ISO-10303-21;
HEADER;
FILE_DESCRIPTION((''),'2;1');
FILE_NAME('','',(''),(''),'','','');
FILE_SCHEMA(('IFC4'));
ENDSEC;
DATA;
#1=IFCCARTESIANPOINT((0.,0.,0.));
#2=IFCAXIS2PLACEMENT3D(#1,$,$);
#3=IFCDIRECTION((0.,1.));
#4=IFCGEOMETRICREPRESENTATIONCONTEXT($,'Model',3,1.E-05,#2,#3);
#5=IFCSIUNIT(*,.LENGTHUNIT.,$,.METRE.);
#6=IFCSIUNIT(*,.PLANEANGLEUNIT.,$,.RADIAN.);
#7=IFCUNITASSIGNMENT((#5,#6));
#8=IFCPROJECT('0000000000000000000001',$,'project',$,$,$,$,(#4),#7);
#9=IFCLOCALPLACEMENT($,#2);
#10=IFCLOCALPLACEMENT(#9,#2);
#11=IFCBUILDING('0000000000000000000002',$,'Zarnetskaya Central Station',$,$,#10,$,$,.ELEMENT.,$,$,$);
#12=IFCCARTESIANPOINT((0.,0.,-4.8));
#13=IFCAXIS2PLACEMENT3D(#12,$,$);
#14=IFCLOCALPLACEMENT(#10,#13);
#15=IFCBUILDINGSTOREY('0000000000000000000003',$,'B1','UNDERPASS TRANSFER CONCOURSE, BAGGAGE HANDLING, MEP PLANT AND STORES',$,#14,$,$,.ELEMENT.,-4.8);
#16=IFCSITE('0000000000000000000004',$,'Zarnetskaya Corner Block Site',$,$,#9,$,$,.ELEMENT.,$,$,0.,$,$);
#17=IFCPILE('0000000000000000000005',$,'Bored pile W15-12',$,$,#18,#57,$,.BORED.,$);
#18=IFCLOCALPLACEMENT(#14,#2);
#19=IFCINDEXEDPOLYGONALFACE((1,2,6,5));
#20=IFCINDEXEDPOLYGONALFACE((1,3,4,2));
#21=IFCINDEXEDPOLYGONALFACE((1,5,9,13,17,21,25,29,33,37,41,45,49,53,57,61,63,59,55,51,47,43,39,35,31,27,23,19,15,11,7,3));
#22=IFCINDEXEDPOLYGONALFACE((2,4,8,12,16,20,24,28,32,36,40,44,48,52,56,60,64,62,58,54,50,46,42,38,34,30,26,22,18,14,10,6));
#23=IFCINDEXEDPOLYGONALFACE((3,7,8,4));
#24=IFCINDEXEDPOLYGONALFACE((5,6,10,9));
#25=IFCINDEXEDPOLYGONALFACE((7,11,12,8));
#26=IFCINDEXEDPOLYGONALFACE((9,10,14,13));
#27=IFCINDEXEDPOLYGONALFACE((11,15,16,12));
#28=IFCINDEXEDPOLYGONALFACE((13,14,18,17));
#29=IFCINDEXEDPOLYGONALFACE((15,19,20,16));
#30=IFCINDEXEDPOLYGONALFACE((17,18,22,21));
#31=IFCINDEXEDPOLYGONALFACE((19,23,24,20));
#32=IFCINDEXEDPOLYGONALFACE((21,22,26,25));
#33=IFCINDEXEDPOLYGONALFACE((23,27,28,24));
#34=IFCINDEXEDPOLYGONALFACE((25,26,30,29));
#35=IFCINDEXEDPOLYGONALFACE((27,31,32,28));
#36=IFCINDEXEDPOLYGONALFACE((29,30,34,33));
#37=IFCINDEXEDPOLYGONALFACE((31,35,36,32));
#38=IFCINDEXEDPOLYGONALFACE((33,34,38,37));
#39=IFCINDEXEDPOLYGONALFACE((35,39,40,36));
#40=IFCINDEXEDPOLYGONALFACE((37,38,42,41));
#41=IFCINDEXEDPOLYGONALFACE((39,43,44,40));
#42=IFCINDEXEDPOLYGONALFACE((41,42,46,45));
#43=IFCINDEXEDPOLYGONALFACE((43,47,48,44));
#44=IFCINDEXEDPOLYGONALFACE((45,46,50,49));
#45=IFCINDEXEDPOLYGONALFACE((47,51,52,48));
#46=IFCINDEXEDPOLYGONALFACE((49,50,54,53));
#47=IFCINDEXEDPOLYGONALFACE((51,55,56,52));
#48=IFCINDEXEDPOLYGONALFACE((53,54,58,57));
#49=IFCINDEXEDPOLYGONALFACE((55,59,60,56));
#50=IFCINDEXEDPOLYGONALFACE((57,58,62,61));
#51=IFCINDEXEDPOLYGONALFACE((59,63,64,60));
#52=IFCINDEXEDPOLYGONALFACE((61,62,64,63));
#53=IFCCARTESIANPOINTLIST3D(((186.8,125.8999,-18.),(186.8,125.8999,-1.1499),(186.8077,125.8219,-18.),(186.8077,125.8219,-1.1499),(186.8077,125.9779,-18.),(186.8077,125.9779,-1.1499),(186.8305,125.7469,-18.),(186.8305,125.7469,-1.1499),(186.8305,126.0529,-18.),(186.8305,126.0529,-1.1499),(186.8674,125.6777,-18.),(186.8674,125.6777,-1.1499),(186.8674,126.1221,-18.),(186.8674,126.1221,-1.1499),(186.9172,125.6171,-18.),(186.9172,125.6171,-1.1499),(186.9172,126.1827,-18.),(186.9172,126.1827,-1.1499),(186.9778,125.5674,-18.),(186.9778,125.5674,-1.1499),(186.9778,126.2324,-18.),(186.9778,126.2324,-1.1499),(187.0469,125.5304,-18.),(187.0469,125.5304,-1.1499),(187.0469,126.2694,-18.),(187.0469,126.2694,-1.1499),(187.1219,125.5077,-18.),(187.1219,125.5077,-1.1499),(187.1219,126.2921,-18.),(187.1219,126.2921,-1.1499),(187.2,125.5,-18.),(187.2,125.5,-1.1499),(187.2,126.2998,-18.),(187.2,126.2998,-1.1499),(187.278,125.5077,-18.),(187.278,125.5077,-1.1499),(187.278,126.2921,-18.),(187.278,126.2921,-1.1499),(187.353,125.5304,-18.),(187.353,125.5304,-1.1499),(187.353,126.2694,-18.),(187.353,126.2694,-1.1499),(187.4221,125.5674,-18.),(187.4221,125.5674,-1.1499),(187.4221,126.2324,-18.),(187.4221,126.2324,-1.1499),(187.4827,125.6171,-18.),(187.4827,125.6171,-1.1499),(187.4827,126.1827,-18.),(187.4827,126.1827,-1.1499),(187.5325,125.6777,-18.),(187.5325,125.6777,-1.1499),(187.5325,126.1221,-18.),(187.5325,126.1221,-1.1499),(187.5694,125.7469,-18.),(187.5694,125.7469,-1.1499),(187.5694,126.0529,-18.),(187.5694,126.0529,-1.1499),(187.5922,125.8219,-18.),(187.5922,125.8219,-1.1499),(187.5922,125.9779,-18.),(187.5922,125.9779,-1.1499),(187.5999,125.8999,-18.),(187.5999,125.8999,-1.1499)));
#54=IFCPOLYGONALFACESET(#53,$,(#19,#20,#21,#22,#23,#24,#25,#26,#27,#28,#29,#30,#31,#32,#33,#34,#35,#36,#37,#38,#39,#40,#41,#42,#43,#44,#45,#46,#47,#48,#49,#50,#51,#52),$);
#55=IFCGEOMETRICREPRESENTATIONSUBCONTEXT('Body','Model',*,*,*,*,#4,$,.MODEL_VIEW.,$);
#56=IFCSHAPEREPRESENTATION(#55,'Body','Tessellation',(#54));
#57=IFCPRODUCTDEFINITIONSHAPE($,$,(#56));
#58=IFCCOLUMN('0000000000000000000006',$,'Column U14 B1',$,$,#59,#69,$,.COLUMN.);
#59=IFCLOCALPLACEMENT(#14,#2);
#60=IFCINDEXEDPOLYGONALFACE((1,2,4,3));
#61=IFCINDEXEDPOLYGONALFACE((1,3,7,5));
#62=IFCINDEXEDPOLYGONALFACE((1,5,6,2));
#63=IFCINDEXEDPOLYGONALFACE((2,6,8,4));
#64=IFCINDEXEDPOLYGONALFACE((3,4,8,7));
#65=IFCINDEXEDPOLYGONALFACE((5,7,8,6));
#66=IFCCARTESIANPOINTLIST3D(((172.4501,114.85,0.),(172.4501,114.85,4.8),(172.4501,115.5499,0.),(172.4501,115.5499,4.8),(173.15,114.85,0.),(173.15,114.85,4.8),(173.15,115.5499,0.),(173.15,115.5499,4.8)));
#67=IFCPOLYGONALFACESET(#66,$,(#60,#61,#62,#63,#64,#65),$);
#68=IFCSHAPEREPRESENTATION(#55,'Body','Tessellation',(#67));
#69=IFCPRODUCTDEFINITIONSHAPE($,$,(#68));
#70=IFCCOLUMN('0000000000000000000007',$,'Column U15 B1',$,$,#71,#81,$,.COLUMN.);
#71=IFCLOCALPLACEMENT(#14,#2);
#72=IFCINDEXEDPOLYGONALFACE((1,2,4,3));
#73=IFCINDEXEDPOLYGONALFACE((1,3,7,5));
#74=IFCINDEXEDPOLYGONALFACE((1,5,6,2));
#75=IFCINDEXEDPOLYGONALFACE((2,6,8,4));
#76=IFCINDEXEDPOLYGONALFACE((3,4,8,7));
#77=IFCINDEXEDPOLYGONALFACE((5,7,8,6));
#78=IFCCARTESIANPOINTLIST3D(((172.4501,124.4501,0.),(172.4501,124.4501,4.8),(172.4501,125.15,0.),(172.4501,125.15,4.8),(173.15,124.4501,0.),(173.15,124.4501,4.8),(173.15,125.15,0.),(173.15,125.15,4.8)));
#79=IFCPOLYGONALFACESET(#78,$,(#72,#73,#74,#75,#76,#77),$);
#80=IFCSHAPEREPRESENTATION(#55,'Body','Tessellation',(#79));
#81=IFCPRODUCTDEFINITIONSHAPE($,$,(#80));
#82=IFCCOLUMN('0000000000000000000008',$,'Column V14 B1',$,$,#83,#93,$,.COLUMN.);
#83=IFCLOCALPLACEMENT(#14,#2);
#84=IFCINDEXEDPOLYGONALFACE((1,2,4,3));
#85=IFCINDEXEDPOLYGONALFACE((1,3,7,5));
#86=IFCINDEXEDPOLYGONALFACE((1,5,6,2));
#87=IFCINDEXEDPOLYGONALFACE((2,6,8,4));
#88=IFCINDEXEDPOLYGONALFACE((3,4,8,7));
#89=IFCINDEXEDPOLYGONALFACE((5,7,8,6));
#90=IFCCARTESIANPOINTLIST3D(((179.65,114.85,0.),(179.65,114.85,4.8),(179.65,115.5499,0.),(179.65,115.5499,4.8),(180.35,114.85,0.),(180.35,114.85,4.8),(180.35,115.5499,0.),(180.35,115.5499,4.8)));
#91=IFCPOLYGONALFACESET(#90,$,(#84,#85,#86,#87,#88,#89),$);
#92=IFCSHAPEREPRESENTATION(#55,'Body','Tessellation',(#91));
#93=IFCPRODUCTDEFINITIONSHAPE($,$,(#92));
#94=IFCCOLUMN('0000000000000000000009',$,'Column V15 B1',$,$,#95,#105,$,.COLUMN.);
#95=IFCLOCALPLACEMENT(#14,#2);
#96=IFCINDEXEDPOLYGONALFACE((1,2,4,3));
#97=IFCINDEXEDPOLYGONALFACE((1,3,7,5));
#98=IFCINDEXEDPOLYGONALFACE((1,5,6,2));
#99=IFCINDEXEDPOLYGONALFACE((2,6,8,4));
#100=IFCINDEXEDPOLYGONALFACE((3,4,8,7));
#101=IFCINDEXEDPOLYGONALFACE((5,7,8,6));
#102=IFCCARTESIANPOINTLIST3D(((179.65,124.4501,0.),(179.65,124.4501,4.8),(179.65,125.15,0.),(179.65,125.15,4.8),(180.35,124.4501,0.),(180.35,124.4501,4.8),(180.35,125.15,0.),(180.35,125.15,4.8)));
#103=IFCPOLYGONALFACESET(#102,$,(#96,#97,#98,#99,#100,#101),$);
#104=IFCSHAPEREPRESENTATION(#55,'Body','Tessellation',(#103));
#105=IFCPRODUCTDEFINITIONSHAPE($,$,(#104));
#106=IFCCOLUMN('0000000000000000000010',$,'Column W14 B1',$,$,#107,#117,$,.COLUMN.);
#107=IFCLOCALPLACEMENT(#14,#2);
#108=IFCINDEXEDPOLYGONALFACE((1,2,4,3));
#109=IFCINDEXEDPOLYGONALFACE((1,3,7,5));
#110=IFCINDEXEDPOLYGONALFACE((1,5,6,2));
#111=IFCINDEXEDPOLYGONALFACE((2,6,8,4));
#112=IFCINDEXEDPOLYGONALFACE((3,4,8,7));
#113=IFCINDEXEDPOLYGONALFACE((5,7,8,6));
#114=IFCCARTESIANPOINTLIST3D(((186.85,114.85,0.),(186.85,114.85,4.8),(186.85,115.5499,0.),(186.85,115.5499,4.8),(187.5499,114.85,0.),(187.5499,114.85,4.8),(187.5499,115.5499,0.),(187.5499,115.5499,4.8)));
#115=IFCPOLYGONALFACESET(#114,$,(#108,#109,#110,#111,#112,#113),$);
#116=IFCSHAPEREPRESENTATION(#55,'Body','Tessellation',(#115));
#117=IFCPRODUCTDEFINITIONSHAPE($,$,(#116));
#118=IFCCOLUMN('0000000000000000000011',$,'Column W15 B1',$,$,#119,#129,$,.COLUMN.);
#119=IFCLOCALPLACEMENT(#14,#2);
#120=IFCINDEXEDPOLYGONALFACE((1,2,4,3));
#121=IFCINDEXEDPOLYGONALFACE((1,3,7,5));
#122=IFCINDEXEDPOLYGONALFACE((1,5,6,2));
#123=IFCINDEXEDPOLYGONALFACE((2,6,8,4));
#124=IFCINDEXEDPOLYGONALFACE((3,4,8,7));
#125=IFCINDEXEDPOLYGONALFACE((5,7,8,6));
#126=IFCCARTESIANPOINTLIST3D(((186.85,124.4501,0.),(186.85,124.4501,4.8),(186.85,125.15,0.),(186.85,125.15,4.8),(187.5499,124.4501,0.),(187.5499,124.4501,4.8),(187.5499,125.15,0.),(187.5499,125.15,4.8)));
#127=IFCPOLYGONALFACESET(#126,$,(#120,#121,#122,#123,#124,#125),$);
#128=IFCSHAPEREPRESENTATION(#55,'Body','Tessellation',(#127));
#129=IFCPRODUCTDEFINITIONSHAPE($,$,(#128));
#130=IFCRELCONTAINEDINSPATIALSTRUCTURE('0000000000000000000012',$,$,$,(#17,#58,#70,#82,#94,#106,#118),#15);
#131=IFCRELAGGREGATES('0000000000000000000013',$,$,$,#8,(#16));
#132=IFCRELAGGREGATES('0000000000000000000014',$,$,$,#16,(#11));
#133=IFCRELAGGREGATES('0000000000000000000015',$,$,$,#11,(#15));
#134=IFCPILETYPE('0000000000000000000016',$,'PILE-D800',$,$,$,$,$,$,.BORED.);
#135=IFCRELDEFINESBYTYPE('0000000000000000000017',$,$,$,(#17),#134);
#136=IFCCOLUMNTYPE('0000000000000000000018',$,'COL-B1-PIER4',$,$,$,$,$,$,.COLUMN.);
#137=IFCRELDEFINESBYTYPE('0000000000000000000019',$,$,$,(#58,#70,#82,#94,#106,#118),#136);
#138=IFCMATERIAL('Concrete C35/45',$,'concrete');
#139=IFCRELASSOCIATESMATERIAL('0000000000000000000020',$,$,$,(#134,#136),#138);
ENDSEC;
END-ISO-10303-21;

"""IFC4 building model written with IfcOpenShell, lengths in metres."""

from ifc_helpers import new_model, si_unit, direction, frame, origin, origin_2d, place, context, subcontext, project, spatial, rectangle, circle, extrude, material, material_profile, profile_set, type_object, element, save


model = new_model("IFC4")

# Units and contexts
model_context = context("Model", 3, precision=1e-05, world=origin(), true_north=direction((0.0, 1.0)))
body_context = subcontext(model_context, "Body", "Model", "MODEL_VIEW")
ifc_project = project(units=[si_unit("LENGTHUNIT", "METRE"), si_unit("PLANEANGLEUNIT", "RADIAN")], contexts=[model_context])

# Site, building, storey
site_placement = place(None, origin())
site = spatial("IfcSite", under=ifc_project, at=site_placement, Name="Zarnetskaya Corner Block Site", CompositionType="ELEMENT", RefElevation=0.0)
building_placement = place(site_placement, origin())
building = spatial("IfcBuilding", under=site, at=building_placement, Name="Zarnetskaya Central Station", CompositionType="ELEMENT")
storey_placement = place(building_placement, frame((0.0, 0.0, -4.8)))
storey = spatial("IfcBuildingStorey", under=building, at=storey_placement, Name="B1", Description="UNDERPASS TRANSFER CONCOURSE, BAGGAGE HANDLING, MEP PLANT AND STORES", CompositionType="ELEMENT", Elevation=-4.8)

# Shared definitions
ifc_material = material(Name="Concrete C35/45", Category="concrete")

# Pile
ifc_material_profile_1 = material_profile(ifc_material, circle(Radius=0.3999, at=origin_2d()), Name="BORED PILE D800")
ifc_profile_set_1 = profile_set([ifc_material_profile_1], Name="Concrete C35/45")
pile_type = type_object("IfcPileType", Name="PILE-D800", PredefinedType="BORED", material=ifc_profile_set_1)
for number, where, z_axis, x_axis, name in (
    (1, (187.2, 125.8999, -1.1499), (0.0, 0.0, -1.0), (1.0, 0.0, 0.0), "Bored pile W15-12"),
):
    element("IfcPile", number, at=place(storey_placement, frame(where, z_axis=z_axis, x_axis=x_axis)), inside=storey, type_object=pile_type, Name=name, PredefinedType="BORED", context=body_context, shape_type="SweptSolid", body=[
        extrude(circle(Radius=0.3999, at=origin_2d()), origin(), (0.0, 0.0, 1.0), 16.8501),
    ])

# Columns
ifc_material_profile_2 = material_profile(ifc_material, rectangle(XDim=0.7, YDim=0.7, at=origin_2d()), Name="RC 700x700")
ifc_profile_set_2 = profile_set([ifc_material_profile_2], Name="Concrete C35/45")
column_type = type_object("IfcColumnType", Name="COL-B1-PIER4", PredefinedType="COLUMN", material=ifc_profile_set_2)
for number, where, z_axis, x_axis, name in (
    (2, (172.8, 115.2, 0.0), (0.0, 0.0, 1.0), (1.0, 0.0, 0.0), "Column U14 B1"),
    (3, (172.8, 124.8, 0.0), (0.0, 0.0, 1.0), (1.0, 0.0, 0.0), "Column U15 B1"),
    (4, (180.0, 115.2, 0.0), (0.0, 0.0, 1.0), (1.0, 0.0, 0.0), "Column V14 B1"),
    (5, (180.0, 124.8, 0.0), (0.0, 0.0, 1.0), (1.0, 0.0, 0.0), "Column V15 B1"),
    (6, (187.2, 115.2, 0.0), (0.0, 0.0, 1.0), (1.0, 0.0, 0.0), "Column W14 B1"),
    (7, (187.2, 124.8, 0.0), (0.0, 0.0, 1.0), (1.0, 0.0, 0.0), "Column W15 B1"),
):
    element("IfcColumn", number, at=place(storey_placement, frame(where, z_axis=z_axis, x_axis=x_axis)), inside=storey, type_object=column_type, Name=name, PredefinedType="COLUMN", context=body_context, shape_type="SweptSolid", body=[
        extrude(rectangle(XDim=0.7, YDim=0.7, at=origin_2d()), origin(), (0.0, 0.0, 1.0), 4.8),
    ])

save(model, "model.ifc")
